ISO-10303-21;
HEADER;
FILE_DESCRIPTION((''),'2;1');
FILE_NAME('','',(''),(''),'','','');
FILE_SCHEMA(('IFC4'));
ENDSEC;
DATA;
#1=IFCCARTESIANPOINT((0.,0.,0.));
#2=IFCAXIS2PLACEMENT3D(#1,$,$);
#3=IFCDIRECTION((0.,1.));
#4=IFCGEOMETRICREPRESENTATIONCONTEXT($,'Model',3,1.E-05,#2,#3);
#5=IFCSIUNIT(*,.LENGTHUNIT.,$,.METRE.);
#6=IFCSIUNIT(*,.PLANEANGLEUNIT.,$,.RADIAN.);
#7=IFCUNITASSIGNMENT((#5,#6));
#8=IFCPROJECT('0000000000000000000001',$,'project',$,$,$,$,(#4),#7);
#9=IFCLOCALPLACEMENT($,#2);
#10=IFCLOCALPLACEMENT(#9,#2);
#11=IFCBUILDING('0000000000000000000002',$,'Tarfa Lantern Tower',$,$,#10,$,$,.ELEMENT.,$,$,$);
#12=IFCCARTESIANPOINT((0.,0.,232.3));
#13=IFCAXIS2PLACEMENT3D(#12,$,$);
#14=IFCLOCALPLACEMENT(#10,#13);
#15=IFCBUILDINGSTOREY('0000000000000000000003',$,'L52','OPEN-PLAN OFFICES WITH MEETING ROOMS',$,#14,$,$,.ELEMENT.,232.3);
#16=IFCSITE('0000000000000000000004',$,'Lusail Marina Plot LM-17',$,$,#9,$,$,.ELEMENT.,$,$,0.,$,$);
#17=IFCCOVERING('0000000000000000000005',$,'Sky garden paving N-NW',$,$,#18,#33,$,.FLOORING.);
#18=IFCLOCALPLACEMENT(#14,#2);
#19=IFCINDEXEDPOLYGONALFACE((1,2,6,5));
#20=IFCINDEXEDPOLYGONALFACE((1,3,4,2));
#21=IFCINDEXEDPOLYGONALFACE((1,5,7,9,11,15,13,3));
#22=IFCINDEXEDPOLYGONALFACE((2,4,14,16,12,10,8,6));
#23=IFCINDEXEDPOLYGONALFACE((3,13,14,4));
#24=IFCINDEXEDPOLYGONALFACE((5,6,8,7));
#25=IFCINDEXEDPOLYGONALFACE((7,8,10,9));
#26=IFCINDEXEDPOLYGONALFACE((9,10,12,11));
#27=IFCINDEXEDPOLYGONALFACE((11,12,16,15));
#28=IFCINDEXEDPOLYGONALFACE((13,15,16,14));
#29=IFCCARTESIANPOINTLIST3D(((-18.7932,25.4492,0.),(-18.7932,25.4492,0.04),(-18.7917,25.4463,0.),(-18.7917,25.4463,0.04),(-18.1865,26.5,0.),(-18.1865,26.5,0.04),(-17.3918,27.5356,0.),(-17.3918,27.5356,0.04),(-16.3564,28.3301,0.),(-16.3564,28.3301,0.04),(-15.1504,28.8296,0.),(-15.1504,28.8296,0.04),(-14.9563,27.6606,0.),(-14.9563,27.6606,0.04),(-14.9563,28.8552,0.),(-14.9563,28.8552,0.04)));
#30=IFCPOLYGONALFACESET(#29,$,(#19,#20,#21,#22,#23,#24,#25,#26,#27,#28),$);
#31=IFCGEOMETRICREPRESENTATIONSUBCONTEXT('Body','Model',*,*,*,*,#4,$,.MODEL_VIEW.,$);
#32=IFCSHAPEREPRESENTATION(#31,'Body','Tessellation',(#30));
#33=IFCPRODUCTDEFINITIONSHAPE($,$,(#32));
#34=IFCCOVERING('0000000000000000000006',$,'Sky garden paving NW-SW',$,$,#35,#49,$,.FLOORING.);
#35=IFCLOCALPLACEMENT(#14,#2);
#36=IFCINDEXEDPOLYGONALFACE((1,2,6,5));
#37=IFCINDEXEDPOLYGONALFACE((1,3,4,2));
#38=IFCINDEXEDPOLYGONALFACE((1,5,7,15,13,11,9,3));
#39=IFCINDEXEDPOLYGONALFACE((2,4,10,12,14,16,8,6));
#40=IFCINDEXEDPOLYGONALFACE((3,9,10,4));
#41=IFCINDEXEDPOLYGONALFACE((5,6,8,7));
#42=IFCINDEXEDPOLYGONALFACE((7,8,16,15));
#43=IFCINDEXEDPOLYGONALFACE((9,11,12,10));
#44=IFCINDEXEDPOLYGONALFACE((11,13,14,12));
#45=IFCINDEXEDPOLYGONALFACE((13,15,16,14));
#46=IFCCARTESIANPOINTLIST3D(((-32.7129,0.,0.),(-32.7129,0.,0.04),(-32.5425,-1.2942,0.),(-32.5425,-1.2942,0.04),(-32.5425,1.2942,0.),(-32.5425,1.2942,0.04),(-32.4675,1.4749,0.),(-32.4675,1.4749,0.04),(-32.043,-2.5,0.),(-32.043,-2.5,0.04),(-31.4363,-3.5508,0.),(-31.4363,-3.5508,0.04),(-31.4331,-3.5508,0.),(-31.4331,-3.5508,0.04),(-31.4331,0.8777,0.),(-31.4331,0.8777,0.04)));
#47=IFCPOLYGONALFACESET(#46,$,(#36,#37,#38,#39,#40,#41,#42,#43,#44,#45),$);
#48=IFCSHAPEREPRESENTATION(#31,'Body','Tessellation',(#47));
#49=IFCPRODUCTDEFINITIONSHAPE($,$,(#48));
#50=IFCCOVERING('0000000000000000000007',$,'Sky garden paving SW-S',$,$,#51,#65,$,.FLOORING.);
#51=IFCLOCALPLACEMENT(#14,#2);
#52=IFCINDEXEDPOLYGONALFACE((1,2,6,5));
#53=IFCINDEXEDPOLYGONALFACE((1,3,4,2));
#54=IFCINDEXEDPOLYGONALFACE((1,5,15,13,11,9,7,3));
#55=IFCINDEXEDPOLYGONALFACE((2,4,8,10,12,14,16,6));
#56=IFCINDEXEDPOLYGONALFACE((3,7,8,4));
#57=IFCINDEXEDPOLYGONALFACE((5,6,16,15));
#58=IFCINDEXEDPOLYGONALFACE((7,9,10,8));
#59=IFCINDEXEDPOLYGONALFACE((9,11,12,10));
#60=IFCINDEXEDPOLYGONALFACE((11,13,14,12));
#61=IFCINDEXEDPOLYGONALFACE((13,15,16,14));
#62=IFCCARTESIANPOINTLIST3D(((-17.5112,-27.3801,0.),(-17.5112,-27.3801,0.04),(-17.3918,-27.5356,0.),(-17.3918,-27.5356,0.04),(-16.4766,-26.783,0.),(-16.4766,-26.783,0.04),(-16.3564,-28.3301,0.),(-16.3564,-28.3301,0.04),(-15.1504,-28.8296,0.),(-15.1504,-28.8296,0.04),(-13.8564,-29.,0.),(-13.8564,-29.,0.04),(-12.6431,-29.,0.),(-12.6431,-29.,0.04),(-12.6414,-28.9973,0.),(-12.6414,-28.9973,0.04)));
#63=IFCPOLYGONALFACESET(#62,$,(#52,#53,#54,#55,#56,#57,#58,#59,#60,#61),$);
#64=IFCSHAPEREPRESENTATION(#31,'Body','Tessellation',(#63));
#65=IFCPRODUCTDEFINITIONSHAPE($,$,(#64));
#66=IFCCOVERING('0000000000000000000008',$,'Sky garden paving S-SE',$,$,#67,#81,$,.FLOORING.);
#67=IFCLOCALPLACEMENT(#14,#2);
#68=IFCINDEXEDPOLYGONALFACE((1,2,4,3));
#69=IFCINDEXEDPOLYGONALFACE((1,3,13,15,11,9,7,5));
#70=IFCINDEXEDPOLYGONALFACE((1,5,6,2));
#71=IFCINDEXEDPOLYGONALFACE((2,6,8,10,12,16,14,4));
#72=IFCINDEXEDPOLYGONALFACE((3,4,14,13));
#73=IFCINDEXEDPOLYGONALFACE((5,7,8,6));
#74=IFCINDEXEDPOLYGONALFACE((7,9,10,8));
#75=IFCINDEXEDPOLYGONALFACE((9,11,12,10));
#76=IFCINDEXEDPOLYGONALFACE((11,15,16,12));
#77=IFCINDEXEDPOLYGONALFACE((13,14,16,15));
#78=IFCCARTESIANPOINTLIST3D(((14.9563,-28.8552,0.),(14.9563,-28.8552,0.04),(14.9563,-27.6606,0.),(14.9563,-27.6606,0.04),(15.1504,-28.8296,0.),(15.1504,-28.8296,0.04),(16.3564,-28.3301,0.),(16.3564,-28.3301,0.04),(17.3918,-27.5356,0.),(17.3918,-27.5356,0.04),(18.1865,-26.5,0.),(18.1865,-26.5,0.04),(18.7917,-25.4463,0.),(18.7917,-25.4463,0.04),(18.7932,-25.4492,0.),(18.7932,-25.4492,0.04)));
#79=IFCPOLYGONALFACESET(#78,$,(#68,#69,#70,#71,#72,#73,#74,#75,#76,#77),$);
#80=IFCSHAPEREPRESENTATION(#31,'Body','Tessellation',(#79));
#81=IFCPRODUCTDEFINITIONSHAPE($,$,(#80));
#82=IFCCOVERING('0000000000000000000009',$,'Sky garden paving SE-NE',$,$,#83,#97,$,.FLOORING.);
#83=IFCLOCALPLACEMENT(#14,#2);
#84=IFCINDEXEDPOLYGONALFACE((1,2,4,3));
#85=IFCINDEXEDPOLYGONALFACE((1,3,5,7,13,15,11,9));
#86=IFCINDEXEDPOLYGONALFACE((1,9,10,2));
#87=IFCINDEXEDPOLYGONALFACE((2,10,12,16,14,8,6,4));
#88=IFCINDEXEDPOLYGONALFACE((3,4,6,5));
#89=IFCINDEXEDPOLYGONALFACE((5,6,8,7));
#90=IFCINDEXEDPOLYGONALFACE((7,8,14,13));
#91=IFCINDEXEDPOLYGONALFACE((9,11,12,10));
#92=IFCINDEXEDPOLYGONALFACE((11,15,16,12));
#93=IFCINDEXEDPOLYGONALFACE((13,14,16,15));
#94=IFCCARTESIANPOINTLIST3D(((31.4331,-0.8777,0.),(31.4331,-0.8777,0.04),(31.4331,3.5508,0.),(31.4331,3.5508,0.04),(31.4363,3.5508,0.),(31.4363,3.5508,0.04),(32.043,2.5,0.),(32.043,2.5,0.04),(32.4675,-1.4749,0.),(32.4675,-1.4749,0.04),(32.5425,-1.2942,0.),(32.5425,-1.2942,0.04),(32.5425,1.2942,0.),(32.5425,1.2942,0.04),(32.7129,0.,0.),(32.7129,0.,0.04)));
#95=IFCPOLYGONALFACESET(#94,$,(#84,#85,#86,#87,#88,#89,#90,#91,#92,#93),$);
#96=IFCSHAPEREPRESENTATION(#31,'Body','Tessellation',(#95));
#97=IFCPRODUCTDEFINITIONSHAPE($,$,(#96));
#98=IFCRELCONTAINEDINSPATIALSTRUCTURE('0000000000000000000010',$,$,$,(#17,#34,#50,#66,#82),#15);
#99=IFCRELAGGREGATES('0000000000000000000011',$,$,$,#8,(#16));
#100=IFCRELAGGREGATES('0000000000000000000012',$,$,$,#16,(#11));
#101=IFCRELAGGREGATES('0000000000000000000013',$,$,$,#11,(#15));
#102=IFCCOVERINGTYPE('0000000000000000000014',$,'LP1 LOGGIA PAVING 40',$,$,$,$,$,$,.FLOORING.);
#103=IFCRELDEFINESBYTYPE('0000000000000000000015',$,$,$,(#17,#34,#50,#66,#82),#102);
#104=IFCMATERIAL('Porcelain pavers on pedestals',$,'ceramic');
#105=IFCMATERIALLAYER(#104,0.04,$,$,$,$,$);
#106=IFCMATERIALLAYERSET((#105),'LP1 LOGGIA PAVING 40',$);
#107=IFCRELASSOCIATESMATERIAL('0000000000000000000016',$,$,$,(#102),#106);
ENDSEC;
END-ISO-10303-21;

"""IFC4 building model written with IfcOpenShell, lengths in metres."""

from ifc_helpers import new_model, si_unit, direction, frame, origin, place, context, subcontext, project, spatial, polyline, outline, extrude, material, layer, layer_set, type_object, element, save


model = new_model("IFC4")

# Units and contexts
model_context = context("Model", 3, precision=1e-05, world=origin(), true_north=direction((0.0, 1.0)))
body_context = subcontext(model_context, "Body", "Model", "MODEL_VIEW")
ifc_project = project(units=[si_unit("LENGTHUNIT", "METRE"), si_unit("PLANEANGLEUNIT", "RADIAN")], contexts=[model_context])

# Site, building, storey
site_placement = place(None, origin())
site = spatial("IfcSite", under=ifc_project, at=site_placement, Name="Lusail Marina Plot LM-17", CompositionType="ELEMENT", RefElevation=0.0)
building_placement = place(site_placement, origin())
building = spatial("IfcBuilding", under=site, at=building_placement, Name="Tarfa Lantern Tower", CompositionType="ELEMENT")
storey_placement = place(building_placement, frame((0.0, 0.0, 232.3)))
storey = spatial("IfcBuildingStorey", under=building, at=storey_placement, Name="L52", Description="OPEN-PLAN OFFICES WITH MEETING ROOMS", CompositionType="ELEMENT", Elevation=232.3)

# Coverings
ifc_material_1 = material(Name="Porcelain pavers on pedestals", Category="ceramic")
ifc_layer_1 = layer(ifc_material_1, 0.04)
ifc_layer_set_1 = layer_set([ifc_layer_1], Name="LP1 LOGGIA PAVING 40")
covering_type = type_object("IfcCoveringType", Name="LP1 LOGGIA PAVING 40", PredefinedType="FLOORING", material=ifc_layer_set_1)
covering_1_placement = place(storey_placement, origin())
element("IfcCovering", 1, at=covering_1_placement, inside=storey, type_object=covering_type, Name="Sky garden paving N-NW", PredefinedType="FLOORING", context=body_context, shape_type="SweptSolid", body=[
    extrude(outline(polyline([(-17.3918, 27.5356), (-16.3564, 28.3301), (-15.1504, 28.8296), (-14.9563, 28.8552), (-14.9563, 27.6606), (-18.7917, 25.4463), (-18.7932, 25.4492), (-18.1865, 26.5), (-17.3918, 27.5356)])), origin(), (0.0, 0.0, 1.0), 0.04),
])
covering_2_placement = place(storey_placement, origin())
element("IfcCovering", 2, at=covering_2_placement, inside=storey, type_object=covering_type, Name="Sky garden paving NW-SW", PredefinedType="FLOORING", context=body_context, shape_type="SweptSolid", body=[
    extrude(outline(polyline([(-32.5425, -1.2942), (-32.7129, 0.0), (-32.5425, 1.2942), (-32.4675, 1.4749), (-31.4331, 0.8777), (-31.4331, -3.5508), (-31.4363, -3.5508), (-32.043, -2.5), (-32.5425, -1.2942)])), origin(), (0.0, 0.0, 1.0), 0.04),
])
covering_3_placement = place(storey_placement, origin())
element("IfcCovering", 3, at=covering_3_placement, inside=storey, type_object=covering_type, Name="Sky garden paving SW-S", PredefinedType="FLOORING", context=body_context, shape_type="SweptSolid", body=[
    extrude(outline(polyline([(-15.1504, -28.8296), (-16.3564, -28.3301), (-17.3918, -27.5356), (-17.5112, -27.3801), (-16.4766, -26.783), (-12.6414, -28.9973), (-12.6431, -29.0), (-13.8564, -29.0), (-15.1504, -28.8296)])), origin(), (0.0, 0.0, 1.0), 0.04),
])
covering_4_placement = place(storey_placement, origin())
element("IfcCovering", 4, at=covering_4_placement, inside=storey, type_object=covering_type, Name="Sky garden paving S-SE", PredefinedType="FLOORING", context=body_context, shape_type="SweptSolid", body=[
    extrude(outline(polyline([(17.3918, -27.5356), (16.3564, -28.3301), (15.1504, -28.8296), (14.9563, -28.8552), (14.9563, -27.6606), (18.7917, -25.4463), (18.7932, -25.4492), (18.1865, -26.5), (17.3918, -27.5356)])), origin(), (0.0, 0.0, 1.0), 0.04),
])
covering_5_placement = place(storey_placement, origin())
element("IfcCovering", 5, at=covering_5_placement, inside=storey, type_object=covering_type, Name="Sky garden paving SE-NE", PredefinedType="FLOORING", context=body_context, shape_type="SweptSolid", body=[
    extrude(outline(polyline([(32.5425, 1.2942), (32.7129, 0.0), (32.5425, -1.2942), (32.4675, -1.4749), (31.4331, -0.8777), (31.4331, 3.5508), (31.4363, 3.5508), (32.043, 2.5), (32.5425, 1.2942)])), origin(), (0.0, 0.0, 1.0), 0.04),
])

save(model, "model.ifc")
